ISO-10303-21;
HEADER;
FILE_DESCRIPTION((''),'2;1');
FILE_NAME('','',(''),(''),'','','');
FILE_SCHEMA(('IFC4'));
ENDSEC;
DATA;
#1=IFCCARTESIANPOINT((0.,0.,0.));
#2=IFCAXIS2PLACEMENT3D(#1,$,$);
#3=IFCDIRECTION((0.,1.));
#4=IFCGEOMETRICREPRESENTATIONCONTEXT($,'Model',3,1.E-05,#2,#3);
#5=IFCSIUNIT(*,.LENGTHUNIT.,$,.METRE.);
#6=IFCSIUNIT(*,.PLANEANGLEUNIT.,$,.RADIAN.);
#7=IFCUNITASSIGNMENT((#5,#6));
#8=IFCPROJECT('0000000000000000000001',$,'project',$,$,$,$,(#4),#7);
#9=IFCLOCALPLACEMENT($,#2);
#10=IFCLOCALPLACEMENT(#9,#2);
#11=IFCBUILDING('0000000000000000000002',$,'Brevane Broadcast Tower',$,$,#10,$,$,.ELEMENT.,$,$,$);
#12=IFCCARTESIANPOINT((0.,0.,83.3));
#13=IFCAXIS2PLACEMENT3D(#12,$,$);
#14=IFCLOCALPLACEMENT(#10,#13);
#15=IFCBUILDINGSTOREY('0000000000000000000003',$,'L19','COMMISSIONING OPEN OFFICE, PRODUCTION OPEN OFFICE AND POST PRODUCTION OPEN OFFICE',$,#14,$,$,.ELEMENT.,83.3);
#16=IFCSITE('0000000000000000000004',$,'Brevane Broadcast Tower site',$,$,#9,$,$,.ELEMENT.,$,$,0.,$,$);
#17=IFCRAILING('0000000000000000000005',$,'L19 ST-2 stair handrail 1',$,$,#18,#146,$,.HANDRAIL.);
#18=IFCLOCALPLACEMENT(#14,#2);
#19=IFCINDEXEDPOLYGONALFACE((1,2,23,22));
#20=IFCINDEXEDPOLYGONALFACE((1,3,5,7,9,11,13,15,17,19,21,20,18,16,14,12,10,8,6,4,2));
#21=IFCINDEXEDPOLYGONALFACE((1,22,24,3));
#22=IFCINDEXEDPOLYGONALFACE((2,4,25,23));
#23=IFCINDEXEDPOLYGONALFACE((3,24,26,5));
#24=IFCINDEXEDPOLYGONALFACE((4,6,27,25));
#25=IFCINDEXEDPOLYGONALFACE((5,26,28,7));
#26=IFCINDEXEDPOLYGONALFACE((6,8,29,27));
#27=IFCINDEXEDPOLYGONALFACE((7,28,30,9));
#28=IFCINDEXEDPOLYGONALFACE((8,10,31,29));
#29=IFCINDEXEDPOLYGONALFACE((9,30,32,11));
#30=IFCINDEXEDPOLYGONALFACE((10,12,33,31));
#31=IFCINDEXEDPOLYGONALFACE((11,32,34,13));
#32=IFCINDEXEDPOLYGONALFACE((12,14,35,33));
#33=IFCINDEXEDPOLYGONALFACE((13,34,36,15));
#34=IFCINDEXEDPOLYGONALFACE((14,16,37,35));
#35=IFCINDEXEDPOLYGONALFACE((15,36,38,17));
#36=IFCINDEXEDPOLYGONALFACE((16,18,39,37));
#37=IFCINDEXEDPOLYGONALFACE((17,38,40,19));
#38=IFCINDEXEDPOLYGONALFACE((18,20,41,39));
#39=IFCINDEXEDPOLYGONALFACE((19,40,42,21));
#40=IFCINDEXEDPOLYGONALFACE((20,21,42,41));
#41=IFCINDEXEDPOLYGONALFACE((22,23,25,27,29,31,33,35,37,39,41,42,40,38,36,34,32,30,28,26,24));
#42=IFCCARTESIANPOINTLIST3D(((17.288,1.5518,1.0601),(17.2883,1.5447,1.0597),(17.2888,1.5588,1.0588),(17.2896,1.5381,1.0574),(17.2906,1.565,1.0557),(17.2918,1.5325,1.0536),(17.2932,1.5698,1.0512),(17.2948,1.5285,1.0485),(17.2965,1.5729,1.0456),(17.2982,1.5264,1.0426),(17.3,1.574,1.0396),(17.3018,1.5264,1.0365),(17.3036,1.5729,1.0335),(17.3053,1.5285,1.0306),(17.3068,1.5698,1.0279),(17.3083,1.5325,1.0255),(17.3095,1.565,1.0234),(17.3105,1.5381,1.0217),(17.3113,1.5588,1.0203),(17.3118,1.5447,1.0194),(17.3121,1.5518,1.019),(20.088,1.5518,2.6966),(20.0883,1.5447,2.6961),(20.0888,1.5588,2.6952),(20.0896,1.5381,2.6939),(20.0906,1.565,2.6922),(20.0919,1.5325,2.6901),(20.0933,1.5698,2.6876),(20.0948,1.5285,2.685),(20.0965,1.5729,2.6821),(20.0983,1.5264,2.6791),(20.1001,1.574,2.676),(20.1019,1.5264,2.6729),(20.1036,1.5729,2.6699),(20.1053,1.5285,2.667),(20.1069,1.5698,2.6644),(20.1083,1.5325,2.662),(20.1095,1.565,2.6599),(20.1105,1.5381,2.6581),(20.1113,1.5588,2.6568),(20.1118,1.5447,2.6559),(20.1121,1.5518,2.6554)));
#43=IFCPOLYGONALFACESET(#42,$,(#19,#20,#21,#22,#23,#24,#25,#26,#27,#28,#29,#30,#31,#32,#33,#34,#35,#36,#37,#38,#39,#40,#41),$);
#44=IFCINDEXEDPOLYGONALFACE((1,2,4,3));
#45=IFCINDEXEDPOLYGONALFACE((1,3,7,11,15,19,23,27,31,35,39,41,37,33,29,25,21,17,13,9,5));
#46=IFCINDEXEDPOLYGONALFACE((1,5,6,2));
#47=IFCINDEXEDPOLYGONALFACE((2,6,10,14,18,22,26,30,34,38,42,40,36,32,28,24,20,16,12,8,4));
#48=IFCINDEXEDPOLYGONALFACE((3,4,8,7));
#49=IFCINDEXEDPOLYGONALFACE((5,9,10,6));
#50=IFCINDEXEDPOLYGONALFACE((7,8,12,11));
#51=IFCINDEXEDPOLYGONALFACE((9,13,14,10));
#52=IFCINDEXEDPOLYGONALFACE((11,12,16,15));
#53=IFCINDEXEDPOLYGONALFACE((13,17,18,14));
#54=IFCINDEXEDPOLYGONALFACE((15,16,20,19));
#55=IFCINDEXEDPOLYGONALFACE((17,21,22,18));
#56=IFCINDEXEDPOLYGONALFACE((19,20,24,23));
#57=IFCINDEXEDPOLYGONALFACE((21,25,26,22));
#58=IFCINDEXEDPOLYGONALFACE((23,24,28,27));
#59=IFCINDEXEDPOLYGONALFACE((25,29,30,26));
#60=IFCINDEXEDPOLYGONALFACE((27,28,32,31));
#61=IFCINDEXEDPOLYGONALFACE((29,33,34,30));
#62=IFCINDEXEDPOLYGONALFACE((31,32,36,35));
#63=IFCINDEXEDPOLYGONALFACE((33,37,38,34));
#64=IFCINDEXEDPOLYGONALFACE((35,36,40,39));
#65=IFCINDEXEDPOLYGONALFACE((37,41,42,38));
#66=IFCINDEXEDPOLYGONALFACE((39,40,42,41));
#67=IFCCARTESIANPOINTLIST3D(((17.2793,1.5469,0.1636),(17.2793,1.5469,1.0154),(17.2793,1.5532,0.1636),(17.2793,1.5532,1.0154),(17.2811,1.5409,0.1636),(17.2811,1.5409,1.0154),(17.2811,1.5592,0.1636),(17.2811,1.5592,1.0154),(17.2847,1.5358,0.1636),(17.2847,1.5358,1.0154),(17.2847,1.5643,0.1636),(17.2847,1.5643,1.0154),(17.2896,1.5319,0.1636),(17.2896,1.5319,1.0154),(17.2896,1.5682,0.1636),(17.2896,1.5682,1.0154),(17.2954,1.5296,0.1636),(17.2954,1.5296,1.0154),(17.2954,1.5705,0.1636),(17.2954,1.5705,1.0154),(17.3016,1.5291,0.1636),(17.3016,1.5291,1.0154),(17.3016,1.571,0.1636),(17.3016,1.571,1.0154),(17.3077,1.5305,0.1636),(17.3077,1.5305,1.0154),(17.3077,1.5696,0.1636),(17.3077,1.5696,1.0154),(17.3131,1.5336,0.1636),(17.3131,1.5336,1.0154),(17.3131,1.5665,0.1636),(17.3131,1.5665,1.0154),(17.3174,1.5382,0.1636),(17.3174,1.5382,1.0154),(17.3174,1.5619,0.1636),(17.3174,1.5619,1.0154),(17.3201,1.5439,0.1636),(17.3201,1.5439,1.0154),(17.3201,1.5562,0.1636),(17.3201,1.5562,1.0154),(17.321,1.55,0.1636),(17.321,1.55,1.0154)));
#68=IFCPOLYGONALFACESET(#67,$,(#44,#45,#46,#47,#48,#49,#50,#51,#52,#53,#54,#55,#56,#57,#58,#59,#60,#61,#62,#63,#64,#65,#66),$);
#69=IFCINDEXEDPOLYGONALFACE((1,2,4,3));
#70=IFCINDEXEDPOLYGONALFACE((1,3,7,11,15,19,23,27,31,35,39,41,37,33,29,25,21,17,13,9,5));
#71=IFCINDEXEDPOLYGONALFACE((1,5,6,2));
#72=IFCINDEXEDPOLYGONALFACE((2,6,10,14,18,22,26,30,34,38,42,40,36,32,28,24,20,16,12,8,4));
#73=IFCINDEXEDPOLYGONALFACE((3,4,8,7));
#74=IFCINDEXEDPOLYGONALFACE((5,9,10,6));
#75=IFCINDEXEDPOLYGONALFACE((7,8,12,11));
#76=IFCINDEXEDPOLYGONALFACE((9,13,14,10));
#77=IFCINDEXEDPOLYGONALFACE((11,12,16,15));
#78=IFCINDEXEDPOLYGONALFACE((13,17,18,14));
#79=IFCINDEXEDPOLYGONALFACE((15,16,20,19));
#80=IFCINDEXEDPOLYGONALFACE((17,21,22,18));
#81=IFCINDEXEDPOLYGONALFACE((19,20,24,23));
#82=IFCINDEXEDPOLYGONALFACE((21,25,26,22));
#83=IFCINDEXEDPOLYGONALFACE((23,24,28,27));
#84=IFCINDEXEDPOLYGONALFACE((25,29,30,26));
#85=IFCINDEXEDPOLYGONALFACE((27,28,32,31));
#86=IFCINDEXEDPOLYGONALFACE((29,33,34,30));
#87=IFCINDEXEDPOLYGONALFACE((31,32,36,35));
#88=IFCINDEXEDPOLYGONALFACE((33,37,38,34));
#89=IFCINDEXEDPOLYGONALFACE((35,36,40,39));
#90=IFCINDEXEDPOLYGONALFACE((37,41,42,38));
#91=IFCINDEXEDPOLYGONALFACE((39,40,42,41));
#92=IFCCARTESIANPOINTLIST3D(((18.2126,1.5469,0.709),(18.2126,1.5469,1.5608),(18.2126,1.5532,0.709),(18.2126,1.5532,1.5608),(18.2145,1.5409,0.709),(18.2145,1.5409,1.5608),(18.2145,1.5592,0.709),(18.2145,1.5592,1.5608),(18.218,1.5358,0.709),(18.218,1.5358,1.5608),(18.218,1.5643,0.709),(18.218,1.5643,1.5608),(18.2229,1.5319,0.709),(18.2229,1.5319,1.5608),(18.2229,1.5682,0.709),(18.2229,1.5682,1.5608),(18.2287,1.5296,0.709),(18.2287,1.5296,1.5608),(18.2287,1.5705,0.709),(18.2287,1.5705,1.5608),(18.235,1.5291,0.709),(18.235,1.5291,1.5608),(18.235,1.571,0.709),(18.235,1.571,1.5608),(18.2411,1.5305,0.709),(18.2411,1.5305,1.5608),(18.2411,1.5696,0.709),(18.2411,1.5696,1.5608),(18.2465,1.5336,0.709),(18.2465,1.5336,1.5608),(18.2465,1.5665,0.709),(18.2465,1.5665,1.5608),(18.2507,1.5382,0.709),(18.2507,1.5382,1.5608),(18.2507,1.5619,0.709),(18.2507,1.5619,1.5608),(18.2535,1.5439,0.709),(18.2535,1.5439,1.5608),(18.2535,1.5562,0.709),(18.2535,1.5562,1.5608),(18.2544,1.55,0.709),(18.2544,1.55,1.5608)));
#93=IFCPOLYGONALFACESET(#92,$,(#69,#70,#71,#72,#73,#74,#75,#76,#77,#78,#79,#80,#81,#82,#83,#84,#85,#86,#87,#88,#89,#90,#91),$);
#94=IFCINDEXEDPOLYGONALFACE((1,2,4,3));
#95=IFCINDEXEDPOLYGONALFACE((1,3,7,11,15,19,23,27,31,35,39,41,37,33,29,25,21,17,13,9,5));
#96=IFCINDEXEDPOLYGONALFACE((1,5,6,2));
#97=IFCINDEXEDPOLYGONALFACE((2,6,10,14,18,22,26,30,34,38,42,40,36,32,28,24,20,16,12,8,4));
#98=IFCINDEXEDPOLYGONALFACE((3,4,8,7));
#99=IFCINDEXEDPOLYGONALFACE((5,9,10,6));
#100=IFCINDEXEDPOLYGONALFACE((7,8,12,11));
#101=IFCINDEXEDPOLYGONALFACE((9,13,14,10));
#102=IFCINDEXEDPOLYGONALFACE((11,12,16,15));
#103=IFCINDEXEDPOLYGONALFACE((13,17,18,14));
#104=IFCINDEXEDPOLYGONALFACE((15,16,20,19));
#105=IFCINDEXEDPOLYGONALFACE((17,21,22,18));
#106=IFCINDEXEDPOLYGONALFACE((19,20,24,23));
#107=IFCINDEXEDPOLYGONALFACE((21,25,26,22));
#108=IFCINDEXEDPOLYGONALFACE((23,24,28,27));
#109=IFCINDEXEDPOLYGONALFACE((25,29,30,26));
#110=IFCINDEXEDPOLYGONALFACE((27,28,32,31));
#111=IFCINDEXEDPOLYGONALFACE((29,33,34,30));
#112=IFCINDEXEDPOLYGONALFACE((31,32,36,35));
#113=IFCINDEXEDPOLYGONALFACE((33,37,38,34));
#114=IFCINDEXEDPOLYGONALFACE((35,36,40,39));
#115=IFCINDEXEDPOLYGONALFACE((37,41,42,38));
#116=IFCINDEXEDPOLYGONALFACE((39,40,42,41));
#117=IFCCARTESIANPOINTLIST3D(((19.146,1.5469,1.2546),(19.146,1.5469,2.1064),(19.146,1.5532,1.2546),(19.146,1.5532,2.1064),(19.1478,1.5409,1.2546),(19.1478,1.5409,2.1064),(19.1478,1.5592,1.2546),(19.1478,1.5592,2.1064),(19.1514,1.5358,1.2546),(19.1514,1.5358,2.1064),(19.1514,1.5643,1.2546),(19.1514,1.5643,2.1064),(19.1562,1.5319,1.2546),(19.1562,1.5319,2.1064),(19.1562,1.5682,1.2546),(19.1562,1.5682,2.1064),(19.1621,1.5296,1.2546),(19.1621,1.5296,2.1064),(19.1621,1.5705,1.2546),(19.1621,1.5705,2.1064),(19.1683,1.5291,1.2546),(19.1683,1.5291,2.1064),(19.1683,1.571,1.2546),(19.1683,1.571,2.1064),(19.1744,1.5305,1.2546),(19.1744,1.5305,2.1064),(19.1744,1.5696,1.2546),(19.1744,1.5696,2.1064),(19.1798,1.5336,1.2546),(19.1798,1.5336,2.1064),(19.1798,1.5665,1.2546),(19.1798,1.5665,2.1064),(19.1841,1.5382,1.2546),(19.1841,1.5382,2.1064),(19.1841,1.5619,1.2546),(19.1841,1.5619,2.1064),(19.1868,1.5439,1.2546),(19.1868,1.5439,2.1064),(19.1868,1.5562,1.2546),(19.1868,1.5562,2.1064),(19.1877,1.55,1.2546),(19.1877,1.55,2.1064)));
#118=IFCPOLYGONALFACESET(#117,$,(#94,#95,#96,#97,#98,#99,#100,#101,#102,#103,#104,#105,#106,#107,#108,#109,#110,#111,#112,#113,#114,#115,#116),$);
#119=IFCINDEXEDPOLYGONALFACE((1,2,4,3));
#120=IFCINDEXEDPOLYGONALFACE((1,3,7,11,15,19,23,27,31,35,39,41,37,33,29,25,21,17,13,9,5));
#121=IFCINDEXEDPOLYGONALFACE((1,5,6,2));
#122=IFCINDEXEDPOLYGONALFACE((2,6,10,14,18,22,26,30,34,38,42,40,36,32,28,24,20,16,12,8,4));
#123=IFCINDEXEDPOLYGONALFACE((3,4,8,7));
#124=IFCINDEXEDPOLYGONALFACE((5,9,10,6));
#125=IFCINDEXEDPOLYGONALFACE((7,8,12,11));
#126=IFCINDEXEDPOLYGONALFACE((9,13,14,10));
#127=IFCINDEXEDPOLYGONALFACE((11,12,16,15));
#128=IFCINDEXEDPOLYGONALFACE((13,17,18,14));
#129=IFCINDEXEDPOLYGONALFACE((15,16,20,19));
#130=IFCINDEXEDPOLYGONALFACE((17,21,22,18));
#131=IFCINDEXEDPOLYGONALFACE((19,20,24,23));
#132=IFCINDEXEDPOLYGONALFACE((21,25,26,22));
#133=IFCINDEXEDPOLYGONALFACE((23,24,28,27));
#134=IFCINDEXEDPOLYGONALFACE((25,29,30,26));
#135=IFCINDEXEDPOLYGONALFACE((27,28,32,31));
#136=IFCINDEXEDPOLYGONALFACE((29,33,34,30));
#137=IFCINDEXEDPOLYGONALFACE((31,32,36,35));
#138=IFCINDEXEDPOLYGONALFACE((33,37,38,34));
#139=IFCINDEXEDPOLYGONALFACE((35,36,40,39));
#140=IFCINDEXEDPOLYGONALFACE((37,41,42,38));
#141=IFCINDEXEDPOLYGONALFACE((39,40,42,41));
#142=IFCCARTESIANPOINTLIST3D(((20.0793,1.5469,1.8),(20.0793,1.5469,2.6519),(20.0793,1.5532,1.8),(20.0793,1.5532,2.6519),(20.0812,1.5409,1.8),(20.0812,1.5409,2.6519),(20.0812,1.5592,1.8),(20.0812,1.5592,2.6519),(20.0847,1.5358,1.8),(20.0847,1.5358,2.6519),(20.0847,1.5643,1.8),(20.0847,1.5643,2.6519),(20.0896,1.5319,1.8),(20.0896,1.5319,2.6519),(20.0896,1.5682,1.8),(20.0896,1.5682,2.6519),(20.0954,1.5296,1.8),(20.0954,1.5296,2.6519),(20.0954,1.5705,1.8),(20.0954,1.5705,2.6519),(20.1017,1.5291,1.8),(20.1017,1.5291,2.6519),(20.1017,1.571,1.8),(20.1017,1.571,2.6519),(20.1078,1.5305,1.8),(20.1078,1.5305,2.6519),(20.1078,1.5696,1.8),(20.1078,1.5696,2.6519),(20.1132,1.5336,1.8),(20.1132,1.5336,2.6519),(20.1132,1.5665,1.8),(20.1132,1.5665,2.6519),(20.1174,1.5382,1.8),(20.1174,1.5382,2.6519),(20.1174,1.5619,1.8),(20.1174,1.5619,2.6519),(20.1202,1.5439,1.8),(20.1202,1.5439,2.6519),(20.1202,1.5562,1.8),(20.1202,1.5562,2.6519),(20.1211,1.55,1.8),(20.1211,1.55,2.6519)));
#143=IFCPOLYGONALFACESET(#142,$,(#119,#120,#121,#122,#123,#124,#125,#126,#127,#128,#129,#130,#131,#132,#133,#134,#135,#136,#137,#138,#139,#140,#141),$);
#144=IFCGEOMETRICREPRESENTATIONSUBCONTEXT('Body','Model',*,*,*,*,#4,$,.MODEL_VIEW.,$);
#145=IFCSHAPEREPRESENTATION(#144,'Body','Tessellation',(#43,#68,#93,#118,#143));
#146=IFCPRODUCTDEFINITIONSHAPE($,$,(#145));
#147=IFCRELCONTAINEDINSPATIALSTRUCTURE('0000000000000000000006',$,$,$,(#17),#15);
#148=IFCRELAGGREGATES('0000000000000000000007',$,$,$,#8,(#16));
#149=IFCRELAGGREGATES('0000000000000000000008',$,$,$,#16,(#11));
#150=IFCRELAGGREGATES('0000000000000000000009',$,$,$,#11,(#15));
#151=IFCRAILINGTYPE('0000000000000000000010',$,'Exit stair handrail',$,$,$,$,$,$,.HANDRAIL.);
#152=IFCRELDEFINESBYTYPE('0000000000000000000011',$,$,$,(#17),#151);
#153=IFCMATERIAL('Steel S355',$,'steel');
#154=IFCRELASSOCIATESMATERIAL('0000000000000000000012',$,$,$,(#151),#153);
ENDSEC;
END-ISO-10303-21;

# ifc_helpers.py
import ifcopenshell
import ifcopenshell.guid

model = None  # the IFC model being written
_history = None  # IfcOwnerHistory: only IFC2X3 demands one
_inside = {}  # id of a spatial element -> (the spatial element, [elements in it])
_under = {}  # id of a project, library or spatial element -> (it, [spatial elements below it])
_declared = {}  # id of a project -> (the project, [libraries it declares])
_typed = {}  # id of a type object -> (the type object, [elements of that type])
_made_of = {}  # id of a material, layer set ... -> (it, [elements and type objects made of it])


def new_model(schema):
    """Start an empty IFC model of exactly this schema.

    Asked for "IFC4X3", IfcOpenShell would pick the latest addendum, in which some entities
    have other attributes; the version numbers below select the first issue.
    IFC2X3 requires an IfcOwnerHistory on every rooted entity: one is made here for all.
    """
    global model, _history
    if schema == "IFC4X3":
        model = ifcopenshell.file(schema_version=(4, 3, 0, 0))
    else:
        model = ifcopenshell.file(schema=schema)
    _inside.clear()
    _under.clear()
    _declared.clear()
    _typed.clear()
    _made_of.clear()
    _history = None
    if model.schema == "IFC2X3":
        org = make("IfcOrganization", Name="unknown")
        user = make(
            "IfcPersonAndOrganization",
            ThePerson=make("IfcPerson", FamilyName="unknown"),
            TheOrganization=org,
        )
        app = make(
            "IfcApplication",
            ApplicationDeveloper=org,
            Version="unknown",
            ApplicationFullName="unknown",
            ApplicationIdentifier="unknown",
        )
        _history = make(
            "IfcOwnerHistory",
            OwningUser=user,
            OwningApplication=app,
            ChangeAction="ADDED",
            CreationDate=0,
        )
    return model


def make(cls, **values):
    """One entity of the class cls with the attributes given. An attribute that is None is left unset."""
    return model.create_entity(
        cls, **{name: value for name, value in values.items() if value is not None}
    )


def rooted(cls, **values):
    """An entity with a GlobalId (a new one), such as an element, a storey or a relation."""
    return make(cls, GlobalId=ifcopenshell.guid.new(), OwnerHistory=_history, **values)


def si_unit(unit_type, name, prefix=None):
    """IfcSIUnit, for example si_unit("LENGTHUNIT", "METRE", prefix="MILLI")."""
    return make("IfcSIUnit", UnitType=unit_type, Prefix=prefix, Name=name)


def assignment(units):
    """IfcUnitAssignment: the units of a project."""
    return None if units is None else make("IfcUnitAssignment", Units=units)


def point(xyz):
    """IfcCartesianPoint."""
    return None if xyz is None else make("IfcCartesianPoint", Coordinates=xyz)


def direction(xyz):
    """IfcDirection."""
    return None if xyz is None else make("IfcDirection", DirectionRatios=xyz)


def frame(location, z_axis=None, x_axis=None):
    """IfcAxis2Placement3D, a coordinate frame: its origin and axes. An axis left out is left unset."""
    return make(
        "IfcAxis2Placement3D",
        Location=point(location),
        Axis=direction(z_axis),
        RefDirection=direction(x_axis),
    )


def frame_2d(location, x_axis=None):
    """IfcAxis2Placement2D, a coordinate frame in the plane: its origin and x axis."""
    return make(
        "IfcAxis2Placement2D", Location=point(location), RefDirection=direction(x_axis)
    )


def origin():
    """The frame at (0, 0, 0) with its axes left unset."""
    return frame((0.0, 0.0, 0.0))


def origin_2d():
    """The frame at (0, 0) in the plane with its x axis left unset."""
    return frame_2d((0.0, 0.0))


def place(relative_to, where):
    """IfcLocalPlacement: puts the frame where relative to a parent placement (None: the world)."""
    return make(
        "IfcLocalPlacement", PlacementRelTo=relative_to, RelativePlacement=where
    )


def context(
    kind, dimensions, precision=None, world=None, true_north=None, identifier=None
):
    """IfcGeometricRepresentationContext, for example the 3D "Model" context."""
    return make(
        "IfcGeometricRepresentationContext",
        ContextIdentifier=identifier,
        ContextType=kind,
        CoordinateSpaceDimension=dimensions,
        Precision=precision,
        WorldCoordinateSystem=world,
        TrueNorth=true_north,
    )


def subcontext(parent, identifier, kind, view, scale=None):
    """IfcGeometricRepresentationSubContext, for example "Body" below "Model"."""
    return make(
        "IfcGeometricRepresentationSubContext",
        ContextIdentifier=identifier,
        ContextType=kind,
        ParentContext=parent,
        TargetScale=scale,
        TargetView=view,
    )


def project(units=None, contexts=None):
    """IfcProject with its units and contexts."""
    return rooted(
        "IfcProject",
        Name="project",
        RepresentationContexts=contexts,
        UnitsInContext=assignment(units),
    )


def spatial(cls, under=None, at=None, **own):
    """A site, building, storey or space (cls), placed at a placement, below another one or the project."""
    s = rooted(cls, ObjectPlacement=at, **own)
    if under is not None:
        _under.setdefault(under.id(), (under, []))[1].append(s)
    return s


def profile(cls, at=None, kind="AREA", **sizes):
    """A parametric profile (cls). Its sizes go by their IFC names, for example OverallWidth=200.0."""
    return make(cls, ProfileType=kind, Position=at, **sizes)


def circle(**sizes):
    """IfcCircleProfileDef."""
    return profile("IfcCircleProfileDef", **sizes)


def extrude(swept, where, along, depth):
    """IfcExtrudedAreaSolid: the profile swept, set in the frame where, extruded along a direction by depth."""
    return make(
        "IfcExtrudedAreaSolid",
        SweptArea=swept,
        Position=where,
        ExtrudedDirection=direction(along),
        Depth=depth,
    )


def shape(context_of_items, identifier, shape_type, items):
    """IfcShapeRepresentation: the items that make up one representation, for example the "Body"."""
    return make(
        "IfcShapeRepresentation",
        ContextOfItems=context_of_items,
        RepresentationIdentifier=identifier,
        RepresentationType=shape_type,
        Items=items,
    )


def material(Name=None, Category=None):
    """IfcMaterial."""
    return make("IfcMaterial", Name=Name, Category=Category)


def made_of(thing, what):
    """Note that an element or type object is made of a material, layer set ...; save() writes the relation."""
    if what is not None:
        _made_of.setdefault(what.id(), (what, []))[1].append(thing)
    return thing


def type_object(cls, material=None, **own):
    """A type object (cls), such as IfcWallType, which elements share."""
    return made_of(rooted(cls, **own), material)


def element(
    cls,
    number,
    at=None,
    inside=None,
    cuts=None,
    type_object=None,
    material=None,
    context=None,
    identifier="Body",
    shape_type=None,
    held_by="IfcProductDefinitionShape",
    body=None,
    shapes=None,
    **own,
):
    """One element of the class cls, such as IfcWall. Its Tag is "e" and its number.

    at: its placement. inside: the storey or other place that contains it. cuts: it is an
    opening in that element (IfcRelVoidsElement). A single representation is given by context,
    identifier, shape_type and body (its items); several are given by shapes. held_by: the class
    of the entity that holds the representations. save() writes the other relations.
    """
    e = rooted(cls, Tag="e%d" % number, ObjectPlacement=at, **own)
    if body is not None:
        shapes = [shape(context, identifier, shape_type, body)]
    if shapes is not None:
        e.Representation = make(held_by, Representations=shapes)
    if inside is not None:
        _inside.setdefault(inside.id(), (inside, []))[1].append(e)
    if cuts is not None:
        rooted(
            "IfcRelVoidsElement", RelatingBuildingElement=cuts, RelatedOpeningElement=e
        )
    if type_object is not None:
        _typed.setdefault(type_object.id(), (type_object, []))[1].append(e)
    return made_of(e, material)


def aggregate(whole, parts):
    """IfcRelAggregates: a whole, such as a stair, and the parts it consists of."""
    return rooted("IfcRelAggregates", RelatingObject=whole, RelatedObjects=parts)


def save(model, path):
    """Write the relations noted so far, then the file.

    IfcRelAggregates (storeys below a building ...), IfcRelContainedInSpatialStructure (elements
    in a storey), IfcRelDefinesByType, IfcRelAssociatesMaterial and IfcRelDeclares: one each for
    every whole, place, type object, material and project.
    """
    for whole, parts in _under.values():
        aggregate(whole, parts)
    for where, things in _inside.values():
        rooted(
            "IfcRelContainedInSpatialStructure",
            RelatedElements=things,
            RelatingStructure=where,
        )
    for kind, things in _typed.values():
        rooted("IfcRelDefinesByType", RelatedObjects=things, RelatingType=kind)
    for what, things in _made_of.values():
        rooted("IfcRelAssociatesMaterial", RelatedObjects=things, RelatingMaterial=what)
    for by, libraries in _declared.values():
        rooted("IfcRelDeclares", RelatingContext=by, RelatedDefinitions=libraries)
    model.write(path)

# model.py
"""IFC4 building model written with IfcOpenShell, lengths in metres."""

from ifc_helpers import new_model, si_unit, direction, frame, origin, origin_2d, place, context, subcontext, project, spatial, circle, extrude, material, type_object, element, save


model = new_model("IFC4")

# Units and contexts
model_context = context("Model", 3, precision=1e-05, world=origin(), true_north=direction((0.0, 1.0)))
body_context = subcontext(model_context, "Body", "Model", "MODEL_VIEW")
ifc_project = project(units=[si_unit("LENGTHUNIT", "METRE"), si_unit("PLANEANGLEUNIT", "RADIAN")], contexts=[model_context])

# Site, building, storey
site_placement = place(None, origin())
site = spatial("IfcSite", under=ifc_project, at=site_placement, Name="Brevane Broadcast Tower site", CompositionType="ELEMENT", RefElevation=0.0)
building_placement = place(site_placement, origin())
building = spatial("IfcBuilding", under=site, at=building_placement, Name="Brevane Broadcast Tower", CompositionType="ELEMENT")
storey_placement = place(building_placement, frame((0.0, 0.0, 83.3)))
storey = spatial("IfcBuildingStorey", under=building, at=storey_placement, Name="L19", Description="COMMISSIONING OPEN OFFICE, PRODUCTION OPEN OFFICE AND POST PRODUCTION OPEN OFFICE", CompositionType="ELEMENT", Elevation=83.3)

# Railing
ifc_material_1 = material(Name="Steel S355", Category="steel")
railing_type_1 = type_object("IfcRailingType", Name="Exit stair handrail", PredefinedType="HANDRAIL", material=ifc_material_1)
railing_1_placement = place(storey_placement, frame((17.3, 1.55, 0.1636)))
element("IfcRailing", 1, at=railing_1_placement, inside=storey, type_object=railing_type_1, Name="L19 ST-2 stair handrail 1", PredefinedType="HANDRAIL", context=body_context, shape_type="SweptSolid", body=[
    extrude(circle(Radius=0.0239, at=origin_2d()), frame((0.0, 0.0, 0.876), z_axis=(0.863361, 0.0, 0.504587), x_axis=(0.0, 1.0, 0.0)), (0.0, 0.0, 1.0), 3.2432),
    extrude(circle(Radius=0.021, at=origin_2d()), origin(), (0.0, 0.0, 1.0), 0.8518),
    extrude(circle(Radius=0.021, at=origin_2d()), frame((0.9333, 0.0, 0.5454)), (0.0, 0.0, 1.0), 0.8518),
    extrude(circle(Radius=0.021, at=origin_2d()), frame((1.8667, 0.0, 1.0911)), (0.0, 0.0, 1.0), 0.8518),
    extrude(circle(Radius=0.021, at=origin_2d()), frame((2.8, 0.0, 1.6365)), (0.0, 0.0, 1.0), 0.8518),
])

save(model, "model.ifc")
